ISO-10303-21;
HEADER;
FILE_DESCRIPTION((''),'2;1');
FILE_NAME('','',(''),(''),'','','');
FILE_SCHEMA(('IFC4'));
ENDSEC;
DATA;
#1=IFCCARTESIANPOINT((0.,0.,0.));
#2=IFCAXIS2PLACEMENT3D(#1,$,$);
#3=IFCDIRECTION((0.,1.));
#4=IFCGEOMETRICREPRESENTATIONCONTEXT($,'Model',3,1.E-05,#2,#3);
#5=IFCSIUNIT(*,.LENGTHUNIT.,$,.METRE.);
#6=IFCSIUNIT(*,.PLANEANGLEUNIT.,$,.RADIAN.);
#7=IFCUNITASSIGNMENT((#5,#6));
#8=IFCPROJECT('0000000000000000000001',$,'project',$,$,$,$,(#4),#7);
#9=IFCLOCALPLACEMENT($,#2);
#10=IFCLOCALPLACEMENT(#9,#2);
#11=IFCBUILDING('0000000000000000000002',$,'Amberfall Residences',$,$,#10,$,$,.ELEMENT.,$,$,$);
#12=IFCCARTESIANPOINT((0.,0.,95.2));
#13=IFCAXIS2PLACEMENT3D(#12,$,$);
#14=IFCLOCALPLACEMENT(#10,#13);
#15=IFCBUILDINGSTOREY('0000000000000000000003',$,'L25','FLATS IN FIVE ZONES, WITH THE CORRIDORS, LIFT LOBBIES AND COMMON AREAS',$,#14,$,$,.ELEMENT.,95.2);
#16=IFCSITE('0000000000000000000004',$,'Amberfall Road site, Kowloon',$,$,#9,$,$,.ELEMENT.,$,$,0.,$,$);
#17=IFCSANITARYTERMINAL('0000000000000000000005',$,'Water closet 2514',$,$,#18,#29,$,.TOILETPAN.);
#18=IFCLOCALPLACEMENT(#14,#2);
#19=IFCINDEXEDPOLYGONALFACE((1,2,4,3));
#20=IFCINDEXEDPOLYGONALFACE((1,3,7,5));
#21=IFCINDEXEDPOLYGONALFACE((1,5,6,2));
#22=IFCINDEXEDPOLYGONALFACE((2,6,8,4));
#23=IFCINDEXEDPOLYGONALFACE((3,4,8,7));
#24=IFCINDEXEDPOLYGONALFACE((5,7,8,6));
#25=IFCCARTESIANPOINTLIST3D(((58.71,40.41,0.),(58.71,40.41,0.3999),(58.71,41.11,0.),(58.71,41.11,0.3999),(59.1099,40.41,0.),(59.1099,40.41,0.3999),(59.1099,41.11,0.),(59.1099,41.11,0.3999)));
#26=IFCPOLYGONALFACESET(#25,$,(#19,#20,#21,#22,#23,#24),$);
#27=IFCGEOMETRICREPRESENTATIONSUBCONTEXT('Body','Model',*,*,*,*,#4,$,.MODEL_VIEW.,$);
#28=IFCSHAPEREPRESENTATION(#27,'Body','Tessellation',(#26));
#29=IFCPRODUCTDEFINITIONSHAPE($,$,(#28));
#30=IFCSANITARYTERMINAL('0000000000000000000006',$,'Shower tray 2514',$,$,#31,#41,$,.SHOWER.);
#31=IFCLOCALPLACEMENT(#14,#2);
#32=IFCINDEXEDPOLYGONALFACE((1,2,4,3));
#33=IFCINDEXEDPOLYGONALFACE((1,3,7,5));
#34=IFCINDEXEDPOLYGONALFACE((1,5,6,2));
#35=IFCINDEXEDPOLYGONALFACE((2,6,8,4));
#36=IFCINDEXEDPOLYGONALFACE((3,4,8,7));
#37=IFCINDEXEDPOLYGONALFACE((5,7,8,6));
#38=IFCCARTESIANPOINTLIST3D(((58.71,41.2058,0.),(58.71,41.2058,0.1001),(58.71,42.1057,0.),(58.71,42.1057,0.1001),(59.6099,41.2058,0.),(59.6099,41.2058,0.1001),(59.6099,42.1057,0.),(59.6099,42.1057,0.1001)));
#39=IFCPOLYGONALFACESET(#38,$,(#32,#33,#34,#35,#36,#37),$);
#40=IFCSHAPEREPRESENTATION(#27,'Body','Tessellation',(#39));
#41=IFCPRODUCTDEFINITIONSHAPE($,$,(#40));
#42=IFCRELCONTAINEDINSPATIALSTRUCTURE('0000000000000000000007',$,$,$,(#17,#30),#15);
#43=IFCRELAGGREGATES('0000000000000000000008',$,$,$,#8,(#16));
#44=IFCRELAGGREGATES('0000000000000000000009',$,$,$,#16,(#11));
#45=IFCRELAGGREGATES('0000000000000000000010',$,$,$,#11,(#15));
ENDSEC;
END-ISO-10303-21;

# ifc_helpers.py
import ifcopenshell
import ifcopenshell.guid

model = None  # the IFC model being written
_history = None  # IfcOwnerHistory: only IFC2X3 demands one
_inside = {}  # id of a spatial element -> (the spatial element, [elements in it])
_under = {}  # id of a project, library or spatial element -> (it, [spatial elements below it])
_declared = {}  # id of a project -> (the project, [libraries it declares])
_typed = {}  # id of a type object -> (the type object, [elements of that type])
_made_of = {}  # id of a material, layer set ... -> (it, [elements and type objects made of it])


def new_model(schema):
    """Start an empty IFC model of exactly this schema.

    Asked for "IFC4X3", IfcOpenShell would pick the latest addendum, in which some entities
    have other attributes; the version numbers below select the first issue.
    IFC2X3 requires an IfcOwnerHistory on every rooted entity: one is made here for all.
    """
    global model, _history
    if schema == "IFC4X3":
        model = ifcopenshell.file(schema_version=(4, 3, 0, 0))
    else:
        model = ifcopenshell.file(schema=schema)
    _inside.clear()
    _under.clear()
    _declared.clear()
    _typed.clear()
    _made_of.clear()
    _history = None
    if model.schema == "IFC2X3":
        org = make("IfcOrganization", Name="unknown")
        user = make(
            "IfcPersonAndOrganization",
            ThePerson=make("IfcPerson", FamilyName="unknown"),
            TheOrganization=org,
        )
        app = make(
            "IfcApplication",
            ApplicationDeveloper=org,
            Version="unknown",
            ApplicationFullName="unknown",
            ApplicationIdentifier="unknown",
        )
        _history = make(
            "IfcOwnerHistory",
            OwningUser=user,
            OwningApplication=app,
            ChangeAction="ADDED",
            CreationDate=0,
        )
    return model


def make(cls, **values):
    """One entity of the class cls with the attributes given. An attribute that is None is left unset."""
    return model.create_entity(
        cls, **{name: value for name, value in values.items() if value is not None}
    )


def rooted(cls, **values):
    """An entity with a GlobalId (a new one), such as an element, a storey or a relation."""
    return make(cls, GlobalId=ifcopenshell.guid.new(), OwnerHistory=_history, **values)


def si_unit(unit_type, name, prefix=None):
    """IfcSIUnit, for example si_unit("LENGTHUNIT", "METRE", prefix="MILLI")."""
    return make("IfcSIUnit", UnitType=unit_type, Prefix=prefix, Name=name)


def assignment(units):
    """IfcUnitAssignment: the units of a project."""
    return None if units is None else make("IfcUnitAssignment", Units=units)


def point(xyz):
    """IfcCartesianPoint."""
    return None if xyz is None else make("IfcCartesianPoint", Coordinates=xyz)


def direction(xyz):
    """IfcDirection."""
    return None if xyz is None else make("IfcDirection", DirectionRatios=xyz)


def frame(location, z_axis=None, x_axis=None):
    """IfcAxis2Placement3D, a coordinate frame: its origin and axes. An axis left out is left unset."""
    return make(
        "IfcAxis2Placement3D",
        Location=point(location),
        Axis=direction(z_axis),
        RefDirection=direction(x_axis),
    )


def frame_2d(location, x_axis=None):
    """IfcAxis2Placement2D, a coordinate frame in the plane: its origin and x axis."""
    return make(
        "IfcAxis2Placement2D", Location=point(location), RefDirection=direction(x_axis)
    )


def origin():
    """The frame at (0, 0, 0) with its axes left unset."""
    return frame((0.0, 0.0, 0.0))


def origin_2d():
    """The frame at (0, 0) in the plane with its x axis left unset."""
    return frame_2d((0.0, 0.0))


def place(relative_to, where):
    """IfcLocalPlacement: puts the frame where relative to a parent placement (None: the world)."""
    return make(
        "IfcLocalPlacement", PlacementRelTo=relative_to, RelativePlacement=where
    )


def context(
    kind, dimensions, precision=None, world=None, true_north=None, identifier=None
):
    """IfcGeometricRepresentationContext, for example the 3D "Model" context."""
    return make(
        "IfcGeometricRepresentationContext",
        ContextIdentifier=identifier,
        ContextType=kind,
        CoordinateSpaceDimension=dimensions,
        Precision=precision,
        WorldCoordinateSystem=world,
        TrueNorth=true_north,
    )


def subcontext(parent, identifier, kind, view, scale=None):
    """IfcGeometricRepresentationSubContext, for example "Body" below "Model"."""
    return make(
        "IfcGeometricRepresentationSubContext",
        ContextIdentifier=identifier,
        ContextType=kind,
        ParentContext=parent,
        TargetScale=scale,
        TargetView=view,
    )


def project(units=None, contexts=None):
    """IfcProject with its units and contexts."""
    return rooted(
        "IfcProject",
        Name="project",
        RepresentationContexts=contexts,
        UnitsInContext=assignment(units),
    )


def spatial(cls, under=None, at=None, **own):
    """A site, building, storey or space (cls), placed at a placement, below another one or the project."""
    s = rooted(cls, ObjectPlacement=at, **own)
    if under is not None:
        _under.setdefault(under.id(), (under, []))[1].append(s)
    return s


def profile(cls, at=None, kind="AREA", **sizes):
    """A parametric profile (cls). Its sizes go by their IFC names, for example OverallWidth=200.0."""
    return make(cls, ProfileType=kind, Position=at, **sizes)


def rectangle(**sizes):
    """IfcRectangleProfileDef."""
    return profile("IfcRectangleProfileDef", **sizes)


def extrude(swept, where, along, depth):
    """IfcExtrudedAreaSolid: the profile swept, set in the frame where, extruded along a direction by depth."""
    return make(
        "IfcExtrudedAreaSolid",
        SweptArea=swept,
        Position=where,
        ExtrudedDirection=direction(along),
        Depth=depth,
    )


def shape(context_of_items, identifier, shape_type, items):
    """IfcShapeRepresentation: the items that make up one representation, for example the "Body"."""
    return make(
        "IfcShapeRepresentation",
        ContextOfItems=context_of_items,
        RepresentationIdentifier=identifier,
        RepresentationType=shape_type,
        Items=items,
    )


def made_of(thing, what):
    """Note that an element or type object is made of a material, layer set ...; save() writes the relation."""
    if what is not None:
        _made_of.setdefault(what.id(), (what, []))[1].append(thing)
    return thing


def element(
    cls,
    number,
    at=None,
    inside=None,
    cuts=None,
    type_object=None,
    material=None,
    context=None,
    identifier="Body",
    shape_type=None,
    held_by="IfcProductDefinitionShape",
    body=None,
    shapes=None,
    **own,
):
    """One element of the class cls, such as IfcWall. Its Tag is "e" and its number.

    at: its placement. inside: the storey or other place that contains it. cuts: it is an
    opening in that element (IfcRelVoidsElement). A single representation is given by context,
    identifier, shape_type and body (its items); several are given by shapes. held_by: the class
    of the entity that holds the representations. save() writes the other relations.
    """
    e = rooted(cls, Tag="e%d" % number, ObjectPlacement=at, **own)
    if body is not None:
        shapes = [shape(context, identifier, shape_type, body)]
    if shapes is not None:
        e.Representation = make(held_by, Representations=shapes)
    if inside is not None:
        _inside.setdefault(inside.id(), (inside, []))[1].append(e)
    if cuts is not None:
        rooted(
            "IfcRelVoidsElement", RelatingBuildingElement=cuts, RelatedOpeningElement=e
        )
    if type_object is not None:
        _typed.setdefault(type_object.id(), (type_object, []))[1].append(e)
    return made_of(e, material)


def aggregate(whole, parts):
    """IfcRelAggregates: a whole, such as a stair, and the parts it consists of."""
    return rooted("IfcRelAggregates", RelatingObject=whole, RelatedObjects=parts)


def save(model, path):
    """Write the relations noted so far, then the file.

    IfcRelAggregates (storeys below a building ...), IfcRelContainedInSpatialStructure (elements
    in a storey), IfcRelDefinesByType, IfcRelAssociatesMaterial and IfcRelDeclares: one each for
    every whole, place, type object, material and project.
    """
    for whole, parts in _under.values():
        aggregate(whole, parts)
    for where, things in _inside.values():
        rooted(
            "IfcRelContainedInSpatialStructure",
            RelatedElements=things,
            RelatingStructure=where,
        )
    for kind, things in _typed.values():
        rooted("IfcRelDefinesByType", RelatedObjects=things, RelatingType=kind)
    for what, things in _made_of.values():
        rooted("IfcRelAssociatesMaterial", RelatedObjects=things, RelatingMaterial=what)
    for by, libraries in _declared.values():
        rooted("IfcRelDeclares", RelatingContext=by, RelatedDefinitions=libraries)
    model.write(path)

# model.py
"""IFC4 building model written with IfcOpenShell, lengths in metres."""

from ifc_helpers import new_model, si_unit, direction, frame, origin, origin_2d, place, context, subcontext, project, spatial, rectangle, extrude, element, save


model = new_model("IFC4")

# Units and contexts
model_context = context("Model", 3, precision=1e-05, world=origin(), true_north=direction((0.0, 1.0)))
body_context = subcontext(model_context, "Body", "Model", "MODEL_VIEW")
ifc_project = project(units=[si_unit("LENGTHUNIT", "METRE"), si_unit("PLANEANGLEUNIT", "RADIAN")], contexts=[model_context])

# Site, building, storey
site_placement = place(None, origin())
site = spatial("IfcSite", under=ifc_project, at=site_placement, Name="Amberfall Road site, Kowloon", CompositionType="ELEMENT", RefElevation=0.0)
building_placement = place(site_placement, origin())
building = spatial("IfcBuilding", under=site, at=building_placement, Name="Amberfall Residences", CompositionType="ELEMENT")
storey_placement = place(building_placement, frame((0.0, 0.0, 95.2)))
storey = spatial("IfcBuildingStorey", under=building, at=storey_placement, Name="L25", Description="FLATS IN FIVE ZONES, WITH THE CORRIDORS, LIFT LOBBIES AND COMMON AREAS", CompositionType="ELEMENT", Elevation=95.2)

# Sanitary terminals
sanitary_terminal_1_placement = place(storey_placement, frame((58.9099, 40.76, 0.0), z_axis=(0.0, 0.0, 1.0), x_axis=(1.0, 0.0, 0.0)))
element("IfcSanitaryTerminal", 1, at=sanitary_terminal_1_placement, inside=storey, Name="Water closet 2514", PredefinedType="TOILETPAN", context=body_context, shape_type="SweptSolid", body=[
    extrude(rectangle(XDim=0.3999, YDim=0.7, at=origin_2d()), origin(), (0.0, 0.0, 1.0), 0.3999),
])
sanitary_terminal_2_placement = place(storey_placement, frame((59.1599, 41.6558, 0.0), z_axis=(0.0, 0.0, 1.0), x_axis=(1.0, 0.0, 0.0)))
element("IfcSanitaryTerminal", 2, at=sanitary_terminal_2_placement, inside=storey, Name="Shower tray 2514", PredefinedType="SHOWER", context=body_context, shape_type="SweptSolid", body=[
    extrude(rectangle(XDim=0.8999, YDim=0.8999, at=origin_2d()), origin(), (0.0, 0.0, 1.0), 0.1001),
])

save(model, "model.ifc")
